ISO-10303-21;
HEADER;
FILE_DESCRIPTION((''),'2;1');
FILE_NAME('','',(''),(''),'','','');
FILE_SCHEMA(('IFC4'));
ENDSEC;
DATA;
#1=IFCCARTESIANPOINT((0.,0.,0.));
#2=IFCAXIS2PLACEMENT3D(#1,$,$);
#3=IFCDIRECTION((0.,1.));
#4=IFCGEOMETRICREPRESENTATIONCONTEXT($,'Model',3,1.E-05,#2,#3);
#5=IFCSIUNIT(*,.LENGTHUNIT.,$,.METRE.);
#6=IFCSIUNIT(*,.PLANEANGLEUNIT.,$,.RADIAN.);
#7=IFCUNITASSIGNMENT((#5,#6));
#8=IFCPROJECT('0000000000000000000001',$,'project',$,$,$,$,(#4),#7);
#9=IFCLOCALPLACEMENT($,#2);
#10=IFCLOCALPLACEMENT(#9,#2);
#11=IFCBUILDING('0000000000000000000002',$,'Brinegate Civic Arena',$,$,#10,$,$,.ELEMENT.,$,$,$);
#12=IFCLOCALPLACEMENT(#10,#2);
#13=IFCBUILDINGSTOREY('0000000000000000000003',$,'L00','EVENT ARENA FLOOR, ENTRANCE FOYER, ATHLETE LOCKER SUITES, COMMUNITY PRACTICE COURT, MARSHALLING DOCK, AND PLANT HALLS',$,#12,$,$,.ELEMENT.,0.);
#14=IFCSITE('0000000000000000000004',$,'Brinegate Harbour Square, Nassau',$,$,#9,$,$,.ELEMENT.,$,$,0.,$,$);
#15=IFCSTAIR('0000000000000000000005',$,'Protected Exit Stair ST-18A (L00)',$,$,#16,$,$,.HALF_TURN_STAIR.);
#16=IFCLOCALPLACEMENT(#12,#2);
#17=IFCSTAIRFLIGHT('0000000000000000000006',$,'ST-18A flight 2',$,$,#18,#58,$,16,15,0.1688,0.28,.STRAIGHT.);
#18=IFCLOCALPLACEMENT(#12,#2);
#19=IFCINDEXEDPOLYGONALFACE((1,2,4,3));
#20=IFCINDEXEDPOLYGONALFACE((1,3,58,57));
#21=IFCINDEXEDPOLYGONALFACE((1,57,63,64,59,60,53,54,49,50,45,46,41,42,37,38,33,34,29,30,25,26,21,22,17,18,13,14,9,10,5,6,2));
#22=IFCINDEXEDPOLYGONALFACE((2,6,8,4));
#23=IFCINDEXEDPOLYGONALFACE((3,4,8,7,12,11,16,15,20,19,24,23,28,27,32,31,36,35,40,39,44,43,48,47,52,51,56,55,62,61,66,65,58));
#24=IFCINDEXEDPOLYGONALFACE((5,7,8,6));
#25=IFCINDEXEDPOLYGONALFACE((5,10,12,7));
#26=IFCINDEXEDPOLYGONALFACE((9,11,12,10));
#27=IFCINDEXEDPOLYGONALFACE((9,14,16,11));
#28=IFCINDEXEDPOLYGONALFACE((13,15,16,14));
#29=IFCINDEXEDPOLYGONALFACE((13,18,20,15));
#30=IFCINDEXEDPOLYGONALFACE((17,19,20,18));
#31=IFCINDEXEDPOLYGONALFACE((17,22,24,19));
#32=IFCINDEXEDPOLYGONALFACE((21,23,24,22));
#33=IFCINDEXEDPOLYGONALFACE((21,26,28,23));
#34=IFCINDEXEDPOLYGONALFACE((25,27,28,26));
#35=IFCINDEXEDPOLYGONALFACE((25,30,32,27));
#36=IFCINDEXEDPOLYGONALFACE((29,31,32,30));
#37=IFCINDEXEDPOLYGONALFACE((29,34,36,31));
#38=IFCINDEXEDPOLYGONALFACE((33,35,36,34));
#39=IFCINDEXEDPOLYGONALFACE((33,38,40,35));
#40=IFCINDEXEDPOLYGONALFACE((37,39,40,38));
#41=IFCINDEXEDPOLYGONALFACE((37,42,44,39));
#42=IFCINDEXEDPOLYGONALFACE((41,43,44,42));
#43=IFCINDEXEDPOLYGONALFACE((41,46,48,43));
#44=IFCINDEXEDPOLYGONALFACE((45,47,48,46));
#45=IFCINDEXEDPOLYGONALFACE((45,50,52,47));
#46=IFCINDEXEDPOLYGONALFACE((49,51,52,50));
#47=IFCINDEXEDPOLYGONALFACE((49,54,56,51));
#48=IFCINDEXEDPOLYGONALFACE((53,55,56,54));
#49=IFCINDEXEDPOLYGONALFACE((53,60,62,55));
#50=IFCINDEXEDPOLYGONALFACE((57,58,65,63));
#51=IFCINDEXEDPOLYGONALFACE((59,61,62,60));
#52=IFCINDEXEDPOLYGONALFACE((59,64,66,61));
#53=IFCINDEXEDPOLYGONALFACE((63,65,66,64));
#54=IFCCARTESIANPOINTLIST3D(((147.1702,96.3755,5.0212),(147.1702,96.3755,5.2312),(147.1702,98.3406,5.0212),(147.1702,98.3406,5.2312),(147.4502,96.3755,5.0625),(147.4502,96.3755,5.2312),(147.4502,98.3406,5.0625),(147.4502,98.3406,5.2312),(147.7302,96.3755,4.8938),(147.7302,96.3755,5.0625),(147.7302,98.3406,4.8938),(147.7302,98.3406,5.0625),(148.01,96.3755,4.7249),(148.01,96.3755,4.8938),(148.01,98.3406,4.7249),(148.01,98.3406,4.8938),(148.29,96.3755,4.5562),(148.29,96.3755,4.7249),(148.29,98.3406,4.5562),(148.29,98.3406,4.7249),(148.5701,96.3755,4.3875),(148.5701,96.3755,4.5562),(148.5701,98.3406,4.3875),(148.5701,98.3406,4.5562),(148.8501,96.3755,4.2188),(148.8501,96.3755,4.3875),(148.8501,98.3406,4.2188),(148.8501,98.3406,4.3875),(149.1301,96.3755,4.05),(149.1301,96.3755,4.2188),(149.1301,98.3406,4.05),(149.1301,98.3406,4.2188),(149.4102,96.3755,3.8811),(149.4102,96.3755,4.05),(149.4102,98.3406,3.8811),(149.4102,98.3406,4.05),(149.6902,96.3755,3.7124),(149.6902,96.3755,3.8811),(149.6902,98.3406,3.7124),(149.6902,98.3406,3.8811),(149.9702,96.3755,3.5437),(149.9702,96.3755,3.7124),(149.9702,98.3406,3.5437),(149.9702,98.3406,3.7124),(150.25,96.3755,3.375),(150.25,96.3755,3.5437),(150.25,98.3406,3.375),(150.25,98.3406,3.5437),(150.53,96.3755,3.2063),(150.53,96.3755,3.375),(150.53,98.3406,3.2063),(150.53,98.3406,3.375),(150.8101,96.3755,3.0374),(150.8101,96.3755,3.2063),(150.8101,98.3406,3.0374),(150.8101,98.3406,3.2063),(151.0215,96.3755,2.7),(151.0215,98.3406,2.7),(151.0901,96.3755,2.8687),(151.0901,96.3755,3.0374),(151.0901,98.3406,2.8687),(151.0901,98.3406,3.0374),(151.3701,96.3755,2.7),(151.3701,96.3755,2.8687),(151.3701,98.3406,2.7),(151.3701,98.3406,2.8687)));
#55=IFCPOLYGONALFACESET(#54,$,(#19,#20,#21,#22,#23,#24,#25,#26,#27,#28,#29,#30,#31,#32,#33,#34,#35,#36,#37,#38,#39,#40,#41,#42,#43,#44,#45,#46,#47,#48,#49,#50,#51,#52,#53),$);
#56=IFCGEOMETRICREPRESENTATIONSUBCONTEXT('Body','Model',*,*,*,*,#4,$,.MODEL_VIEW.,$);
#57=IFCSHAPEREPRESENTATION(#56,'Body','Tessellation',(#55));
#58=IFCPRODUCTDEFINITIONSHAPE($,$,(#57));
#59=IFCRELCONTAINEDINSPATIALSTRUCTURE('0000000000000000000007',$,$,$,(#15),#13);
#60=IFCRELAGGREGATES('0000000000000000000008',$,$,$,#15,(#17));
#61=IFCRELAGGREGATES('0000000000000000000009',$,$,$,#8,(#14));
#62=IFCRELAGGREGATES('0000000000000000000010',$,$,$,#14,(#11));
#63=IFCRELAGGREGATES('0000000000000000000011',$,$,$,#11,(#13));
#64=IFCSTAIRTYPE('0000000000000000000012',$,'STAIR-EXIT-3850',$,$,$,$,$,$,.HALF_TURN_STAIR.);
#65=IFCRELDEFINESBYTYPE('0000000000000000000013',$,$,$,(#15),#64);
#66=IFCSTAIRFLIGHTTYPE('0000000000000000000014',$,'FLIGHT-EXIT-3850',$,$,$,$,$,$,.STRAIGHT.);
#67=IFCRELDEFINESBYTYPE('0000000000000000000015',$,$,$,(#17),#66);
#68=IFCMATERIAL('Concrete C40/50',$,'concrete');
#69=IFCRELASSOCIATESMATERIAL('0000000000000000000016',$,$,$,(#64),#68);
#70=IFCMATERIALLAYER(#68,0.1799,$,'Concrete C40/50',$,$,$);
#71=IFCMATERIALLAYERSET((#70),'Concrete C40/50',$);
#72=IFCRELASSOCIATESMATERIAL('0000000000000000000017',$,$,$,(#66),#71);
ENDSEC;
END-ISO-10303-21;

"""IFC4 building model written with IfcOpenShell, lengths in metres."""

from ifc_helpers import new_model, si_unit, direction, frame, origin, place, context, subcontext, project, spatial, polyline, outline, extrude, material, layer, layer_set, type_object, element, aggregate, save


model = new_model("IFC4")

# Units and contexts
model_context = context("Model", 3, precision=1e-05, world=origin(), true_north=direction((0.0, 1.0)))
body_context = subcontext(model_context, "Body", "Model", "MODEL_VIEW")
ifc_project = project(units=[si_unit("LENGTHUNIT", "METRE"), si_unit("PLANEANGLEUNIT", "RADIAN")], contexts=[model_context])

# Site, building, storey
site_placement = place(None, origin())
site = spatial("IfcSite", under=ifc_project, at=site_placement, Name="Brinegate Harbour Square, Nassau", CompositionType="ELEMENT", RefElevation=0.0)
building_placement = place(site_placement, origin())
building = spatial("IfcBuilding", under=site, at=building_placement, Name="Brinegate Civic Arena", CompositionType="ELEMENT")
storey_placement = place(building_placement, origin())
storey = spatial("IfcBuildingStorey", under=building, at=storey_placement, Name="L00", Description="EVENT ARENA FLOOR, ENTRANCE FOYER, ATHLETE LOCKER SUITES, COMMUNITY PRACTICE COURT, MARSHALLING DOCK, AND PLANT HALLS", CompositionType="ELEMENT", Elevation=0.0)

# Shared definitions
ifc_material_1 = material(Name="Concrete C40/50", Category="concrete")

# Stair, stair flight
stair_type_1 = type_object("IfcStairType", Name="STAIR-EXIT-3850", PredefinedType="HALF_TURN_STAIR", material=ifc_material_1)
stair_1_placement = place(storey_placement, origin())
stair_1 = element("IfcStair", 1, at=stair_1_placement, inside=storey, type_object=stair_type_1, Name="Protected Exit Stair ST-18A (L00)", PredefinedType="HALF_TURN_STAIR")
ifc_layer_1 = layer(ifc_material_1, 0.1799, Name="Concrete C40/50")
ifc_layer_set_1 = layer_set([ifc_layer_1], Name="Concrete C40/50")
stair_flight_type_1 = type_object("IfcStairFlightType", Name="FLIGHT-EXIT-3850", PredefinedType="STRAIGHT", material=ifc_layer_set_1)
stair_flight_1_placement = place(storey_placement, frame((151.3701, 97.3579, 2.7), z_axis=(0.0, 0.0, 1.0), x_axis=(-1.0, 0.0, 0.0)))
stair_flight_1 = element("IfcStairFlight", 2, at=stair_flight_1_placement, type_object=stair_flight_type_1, Name="ST-18A flight 2", NumberOfRisers=16, NumberOfTreads=15, PredefinedType="STRAIGHT", RiserHeight=0.1688, TreadLength=0.28, context=body_context, shape_type="SweptSolid", body=[
    extrude(outline(polyline([(0.0, 0.0), (0.0, 0.1687), (0.28, 0.1687), (0.28, 0.3374), (0.5601, 0.3374), (0.5601, 0.5063), (0.8401, 0.5063), (0.8401, 0.675), (1.1201, 0.675), (1.1201, 0.8438), (1.3999, 0.8438), (1.3999, 1.0125), (1.6799, 1.0125), (1.6799, 1.1812), (1.96, 1.1812), (1.96, 1.3501), (2.24, 1.3501), (2.24, 1.5188), (2.52, 1.5188), (2.52, 1.6875), (2.8, 1.6875), (2.8, 1.8562), (3.0801, 1.8562), (3.0801, 2.0249), (3.3601, 2.0249), (3.3601, 2.1938), (3.6399, 2.1938), (3.6399, 2.3625), (3.9199, 2.3625), (3.9199, 2.5312), (4.2, 2.5312), (4.2, 2.7), (4.2, 2.3213), (0.3486, 0.0), (0.0, 0.0)])), frame((0.0, 0.9824, 0.0), z_axis=(0.0, -1.0, 0.0), x_axis=(1.0, 0.0, 0.0)), (0.0, 0.0, 1.0), 1.9651),
])
aggregate(stair_1, [stair_flight_1])

save(model, "model.ifc")
